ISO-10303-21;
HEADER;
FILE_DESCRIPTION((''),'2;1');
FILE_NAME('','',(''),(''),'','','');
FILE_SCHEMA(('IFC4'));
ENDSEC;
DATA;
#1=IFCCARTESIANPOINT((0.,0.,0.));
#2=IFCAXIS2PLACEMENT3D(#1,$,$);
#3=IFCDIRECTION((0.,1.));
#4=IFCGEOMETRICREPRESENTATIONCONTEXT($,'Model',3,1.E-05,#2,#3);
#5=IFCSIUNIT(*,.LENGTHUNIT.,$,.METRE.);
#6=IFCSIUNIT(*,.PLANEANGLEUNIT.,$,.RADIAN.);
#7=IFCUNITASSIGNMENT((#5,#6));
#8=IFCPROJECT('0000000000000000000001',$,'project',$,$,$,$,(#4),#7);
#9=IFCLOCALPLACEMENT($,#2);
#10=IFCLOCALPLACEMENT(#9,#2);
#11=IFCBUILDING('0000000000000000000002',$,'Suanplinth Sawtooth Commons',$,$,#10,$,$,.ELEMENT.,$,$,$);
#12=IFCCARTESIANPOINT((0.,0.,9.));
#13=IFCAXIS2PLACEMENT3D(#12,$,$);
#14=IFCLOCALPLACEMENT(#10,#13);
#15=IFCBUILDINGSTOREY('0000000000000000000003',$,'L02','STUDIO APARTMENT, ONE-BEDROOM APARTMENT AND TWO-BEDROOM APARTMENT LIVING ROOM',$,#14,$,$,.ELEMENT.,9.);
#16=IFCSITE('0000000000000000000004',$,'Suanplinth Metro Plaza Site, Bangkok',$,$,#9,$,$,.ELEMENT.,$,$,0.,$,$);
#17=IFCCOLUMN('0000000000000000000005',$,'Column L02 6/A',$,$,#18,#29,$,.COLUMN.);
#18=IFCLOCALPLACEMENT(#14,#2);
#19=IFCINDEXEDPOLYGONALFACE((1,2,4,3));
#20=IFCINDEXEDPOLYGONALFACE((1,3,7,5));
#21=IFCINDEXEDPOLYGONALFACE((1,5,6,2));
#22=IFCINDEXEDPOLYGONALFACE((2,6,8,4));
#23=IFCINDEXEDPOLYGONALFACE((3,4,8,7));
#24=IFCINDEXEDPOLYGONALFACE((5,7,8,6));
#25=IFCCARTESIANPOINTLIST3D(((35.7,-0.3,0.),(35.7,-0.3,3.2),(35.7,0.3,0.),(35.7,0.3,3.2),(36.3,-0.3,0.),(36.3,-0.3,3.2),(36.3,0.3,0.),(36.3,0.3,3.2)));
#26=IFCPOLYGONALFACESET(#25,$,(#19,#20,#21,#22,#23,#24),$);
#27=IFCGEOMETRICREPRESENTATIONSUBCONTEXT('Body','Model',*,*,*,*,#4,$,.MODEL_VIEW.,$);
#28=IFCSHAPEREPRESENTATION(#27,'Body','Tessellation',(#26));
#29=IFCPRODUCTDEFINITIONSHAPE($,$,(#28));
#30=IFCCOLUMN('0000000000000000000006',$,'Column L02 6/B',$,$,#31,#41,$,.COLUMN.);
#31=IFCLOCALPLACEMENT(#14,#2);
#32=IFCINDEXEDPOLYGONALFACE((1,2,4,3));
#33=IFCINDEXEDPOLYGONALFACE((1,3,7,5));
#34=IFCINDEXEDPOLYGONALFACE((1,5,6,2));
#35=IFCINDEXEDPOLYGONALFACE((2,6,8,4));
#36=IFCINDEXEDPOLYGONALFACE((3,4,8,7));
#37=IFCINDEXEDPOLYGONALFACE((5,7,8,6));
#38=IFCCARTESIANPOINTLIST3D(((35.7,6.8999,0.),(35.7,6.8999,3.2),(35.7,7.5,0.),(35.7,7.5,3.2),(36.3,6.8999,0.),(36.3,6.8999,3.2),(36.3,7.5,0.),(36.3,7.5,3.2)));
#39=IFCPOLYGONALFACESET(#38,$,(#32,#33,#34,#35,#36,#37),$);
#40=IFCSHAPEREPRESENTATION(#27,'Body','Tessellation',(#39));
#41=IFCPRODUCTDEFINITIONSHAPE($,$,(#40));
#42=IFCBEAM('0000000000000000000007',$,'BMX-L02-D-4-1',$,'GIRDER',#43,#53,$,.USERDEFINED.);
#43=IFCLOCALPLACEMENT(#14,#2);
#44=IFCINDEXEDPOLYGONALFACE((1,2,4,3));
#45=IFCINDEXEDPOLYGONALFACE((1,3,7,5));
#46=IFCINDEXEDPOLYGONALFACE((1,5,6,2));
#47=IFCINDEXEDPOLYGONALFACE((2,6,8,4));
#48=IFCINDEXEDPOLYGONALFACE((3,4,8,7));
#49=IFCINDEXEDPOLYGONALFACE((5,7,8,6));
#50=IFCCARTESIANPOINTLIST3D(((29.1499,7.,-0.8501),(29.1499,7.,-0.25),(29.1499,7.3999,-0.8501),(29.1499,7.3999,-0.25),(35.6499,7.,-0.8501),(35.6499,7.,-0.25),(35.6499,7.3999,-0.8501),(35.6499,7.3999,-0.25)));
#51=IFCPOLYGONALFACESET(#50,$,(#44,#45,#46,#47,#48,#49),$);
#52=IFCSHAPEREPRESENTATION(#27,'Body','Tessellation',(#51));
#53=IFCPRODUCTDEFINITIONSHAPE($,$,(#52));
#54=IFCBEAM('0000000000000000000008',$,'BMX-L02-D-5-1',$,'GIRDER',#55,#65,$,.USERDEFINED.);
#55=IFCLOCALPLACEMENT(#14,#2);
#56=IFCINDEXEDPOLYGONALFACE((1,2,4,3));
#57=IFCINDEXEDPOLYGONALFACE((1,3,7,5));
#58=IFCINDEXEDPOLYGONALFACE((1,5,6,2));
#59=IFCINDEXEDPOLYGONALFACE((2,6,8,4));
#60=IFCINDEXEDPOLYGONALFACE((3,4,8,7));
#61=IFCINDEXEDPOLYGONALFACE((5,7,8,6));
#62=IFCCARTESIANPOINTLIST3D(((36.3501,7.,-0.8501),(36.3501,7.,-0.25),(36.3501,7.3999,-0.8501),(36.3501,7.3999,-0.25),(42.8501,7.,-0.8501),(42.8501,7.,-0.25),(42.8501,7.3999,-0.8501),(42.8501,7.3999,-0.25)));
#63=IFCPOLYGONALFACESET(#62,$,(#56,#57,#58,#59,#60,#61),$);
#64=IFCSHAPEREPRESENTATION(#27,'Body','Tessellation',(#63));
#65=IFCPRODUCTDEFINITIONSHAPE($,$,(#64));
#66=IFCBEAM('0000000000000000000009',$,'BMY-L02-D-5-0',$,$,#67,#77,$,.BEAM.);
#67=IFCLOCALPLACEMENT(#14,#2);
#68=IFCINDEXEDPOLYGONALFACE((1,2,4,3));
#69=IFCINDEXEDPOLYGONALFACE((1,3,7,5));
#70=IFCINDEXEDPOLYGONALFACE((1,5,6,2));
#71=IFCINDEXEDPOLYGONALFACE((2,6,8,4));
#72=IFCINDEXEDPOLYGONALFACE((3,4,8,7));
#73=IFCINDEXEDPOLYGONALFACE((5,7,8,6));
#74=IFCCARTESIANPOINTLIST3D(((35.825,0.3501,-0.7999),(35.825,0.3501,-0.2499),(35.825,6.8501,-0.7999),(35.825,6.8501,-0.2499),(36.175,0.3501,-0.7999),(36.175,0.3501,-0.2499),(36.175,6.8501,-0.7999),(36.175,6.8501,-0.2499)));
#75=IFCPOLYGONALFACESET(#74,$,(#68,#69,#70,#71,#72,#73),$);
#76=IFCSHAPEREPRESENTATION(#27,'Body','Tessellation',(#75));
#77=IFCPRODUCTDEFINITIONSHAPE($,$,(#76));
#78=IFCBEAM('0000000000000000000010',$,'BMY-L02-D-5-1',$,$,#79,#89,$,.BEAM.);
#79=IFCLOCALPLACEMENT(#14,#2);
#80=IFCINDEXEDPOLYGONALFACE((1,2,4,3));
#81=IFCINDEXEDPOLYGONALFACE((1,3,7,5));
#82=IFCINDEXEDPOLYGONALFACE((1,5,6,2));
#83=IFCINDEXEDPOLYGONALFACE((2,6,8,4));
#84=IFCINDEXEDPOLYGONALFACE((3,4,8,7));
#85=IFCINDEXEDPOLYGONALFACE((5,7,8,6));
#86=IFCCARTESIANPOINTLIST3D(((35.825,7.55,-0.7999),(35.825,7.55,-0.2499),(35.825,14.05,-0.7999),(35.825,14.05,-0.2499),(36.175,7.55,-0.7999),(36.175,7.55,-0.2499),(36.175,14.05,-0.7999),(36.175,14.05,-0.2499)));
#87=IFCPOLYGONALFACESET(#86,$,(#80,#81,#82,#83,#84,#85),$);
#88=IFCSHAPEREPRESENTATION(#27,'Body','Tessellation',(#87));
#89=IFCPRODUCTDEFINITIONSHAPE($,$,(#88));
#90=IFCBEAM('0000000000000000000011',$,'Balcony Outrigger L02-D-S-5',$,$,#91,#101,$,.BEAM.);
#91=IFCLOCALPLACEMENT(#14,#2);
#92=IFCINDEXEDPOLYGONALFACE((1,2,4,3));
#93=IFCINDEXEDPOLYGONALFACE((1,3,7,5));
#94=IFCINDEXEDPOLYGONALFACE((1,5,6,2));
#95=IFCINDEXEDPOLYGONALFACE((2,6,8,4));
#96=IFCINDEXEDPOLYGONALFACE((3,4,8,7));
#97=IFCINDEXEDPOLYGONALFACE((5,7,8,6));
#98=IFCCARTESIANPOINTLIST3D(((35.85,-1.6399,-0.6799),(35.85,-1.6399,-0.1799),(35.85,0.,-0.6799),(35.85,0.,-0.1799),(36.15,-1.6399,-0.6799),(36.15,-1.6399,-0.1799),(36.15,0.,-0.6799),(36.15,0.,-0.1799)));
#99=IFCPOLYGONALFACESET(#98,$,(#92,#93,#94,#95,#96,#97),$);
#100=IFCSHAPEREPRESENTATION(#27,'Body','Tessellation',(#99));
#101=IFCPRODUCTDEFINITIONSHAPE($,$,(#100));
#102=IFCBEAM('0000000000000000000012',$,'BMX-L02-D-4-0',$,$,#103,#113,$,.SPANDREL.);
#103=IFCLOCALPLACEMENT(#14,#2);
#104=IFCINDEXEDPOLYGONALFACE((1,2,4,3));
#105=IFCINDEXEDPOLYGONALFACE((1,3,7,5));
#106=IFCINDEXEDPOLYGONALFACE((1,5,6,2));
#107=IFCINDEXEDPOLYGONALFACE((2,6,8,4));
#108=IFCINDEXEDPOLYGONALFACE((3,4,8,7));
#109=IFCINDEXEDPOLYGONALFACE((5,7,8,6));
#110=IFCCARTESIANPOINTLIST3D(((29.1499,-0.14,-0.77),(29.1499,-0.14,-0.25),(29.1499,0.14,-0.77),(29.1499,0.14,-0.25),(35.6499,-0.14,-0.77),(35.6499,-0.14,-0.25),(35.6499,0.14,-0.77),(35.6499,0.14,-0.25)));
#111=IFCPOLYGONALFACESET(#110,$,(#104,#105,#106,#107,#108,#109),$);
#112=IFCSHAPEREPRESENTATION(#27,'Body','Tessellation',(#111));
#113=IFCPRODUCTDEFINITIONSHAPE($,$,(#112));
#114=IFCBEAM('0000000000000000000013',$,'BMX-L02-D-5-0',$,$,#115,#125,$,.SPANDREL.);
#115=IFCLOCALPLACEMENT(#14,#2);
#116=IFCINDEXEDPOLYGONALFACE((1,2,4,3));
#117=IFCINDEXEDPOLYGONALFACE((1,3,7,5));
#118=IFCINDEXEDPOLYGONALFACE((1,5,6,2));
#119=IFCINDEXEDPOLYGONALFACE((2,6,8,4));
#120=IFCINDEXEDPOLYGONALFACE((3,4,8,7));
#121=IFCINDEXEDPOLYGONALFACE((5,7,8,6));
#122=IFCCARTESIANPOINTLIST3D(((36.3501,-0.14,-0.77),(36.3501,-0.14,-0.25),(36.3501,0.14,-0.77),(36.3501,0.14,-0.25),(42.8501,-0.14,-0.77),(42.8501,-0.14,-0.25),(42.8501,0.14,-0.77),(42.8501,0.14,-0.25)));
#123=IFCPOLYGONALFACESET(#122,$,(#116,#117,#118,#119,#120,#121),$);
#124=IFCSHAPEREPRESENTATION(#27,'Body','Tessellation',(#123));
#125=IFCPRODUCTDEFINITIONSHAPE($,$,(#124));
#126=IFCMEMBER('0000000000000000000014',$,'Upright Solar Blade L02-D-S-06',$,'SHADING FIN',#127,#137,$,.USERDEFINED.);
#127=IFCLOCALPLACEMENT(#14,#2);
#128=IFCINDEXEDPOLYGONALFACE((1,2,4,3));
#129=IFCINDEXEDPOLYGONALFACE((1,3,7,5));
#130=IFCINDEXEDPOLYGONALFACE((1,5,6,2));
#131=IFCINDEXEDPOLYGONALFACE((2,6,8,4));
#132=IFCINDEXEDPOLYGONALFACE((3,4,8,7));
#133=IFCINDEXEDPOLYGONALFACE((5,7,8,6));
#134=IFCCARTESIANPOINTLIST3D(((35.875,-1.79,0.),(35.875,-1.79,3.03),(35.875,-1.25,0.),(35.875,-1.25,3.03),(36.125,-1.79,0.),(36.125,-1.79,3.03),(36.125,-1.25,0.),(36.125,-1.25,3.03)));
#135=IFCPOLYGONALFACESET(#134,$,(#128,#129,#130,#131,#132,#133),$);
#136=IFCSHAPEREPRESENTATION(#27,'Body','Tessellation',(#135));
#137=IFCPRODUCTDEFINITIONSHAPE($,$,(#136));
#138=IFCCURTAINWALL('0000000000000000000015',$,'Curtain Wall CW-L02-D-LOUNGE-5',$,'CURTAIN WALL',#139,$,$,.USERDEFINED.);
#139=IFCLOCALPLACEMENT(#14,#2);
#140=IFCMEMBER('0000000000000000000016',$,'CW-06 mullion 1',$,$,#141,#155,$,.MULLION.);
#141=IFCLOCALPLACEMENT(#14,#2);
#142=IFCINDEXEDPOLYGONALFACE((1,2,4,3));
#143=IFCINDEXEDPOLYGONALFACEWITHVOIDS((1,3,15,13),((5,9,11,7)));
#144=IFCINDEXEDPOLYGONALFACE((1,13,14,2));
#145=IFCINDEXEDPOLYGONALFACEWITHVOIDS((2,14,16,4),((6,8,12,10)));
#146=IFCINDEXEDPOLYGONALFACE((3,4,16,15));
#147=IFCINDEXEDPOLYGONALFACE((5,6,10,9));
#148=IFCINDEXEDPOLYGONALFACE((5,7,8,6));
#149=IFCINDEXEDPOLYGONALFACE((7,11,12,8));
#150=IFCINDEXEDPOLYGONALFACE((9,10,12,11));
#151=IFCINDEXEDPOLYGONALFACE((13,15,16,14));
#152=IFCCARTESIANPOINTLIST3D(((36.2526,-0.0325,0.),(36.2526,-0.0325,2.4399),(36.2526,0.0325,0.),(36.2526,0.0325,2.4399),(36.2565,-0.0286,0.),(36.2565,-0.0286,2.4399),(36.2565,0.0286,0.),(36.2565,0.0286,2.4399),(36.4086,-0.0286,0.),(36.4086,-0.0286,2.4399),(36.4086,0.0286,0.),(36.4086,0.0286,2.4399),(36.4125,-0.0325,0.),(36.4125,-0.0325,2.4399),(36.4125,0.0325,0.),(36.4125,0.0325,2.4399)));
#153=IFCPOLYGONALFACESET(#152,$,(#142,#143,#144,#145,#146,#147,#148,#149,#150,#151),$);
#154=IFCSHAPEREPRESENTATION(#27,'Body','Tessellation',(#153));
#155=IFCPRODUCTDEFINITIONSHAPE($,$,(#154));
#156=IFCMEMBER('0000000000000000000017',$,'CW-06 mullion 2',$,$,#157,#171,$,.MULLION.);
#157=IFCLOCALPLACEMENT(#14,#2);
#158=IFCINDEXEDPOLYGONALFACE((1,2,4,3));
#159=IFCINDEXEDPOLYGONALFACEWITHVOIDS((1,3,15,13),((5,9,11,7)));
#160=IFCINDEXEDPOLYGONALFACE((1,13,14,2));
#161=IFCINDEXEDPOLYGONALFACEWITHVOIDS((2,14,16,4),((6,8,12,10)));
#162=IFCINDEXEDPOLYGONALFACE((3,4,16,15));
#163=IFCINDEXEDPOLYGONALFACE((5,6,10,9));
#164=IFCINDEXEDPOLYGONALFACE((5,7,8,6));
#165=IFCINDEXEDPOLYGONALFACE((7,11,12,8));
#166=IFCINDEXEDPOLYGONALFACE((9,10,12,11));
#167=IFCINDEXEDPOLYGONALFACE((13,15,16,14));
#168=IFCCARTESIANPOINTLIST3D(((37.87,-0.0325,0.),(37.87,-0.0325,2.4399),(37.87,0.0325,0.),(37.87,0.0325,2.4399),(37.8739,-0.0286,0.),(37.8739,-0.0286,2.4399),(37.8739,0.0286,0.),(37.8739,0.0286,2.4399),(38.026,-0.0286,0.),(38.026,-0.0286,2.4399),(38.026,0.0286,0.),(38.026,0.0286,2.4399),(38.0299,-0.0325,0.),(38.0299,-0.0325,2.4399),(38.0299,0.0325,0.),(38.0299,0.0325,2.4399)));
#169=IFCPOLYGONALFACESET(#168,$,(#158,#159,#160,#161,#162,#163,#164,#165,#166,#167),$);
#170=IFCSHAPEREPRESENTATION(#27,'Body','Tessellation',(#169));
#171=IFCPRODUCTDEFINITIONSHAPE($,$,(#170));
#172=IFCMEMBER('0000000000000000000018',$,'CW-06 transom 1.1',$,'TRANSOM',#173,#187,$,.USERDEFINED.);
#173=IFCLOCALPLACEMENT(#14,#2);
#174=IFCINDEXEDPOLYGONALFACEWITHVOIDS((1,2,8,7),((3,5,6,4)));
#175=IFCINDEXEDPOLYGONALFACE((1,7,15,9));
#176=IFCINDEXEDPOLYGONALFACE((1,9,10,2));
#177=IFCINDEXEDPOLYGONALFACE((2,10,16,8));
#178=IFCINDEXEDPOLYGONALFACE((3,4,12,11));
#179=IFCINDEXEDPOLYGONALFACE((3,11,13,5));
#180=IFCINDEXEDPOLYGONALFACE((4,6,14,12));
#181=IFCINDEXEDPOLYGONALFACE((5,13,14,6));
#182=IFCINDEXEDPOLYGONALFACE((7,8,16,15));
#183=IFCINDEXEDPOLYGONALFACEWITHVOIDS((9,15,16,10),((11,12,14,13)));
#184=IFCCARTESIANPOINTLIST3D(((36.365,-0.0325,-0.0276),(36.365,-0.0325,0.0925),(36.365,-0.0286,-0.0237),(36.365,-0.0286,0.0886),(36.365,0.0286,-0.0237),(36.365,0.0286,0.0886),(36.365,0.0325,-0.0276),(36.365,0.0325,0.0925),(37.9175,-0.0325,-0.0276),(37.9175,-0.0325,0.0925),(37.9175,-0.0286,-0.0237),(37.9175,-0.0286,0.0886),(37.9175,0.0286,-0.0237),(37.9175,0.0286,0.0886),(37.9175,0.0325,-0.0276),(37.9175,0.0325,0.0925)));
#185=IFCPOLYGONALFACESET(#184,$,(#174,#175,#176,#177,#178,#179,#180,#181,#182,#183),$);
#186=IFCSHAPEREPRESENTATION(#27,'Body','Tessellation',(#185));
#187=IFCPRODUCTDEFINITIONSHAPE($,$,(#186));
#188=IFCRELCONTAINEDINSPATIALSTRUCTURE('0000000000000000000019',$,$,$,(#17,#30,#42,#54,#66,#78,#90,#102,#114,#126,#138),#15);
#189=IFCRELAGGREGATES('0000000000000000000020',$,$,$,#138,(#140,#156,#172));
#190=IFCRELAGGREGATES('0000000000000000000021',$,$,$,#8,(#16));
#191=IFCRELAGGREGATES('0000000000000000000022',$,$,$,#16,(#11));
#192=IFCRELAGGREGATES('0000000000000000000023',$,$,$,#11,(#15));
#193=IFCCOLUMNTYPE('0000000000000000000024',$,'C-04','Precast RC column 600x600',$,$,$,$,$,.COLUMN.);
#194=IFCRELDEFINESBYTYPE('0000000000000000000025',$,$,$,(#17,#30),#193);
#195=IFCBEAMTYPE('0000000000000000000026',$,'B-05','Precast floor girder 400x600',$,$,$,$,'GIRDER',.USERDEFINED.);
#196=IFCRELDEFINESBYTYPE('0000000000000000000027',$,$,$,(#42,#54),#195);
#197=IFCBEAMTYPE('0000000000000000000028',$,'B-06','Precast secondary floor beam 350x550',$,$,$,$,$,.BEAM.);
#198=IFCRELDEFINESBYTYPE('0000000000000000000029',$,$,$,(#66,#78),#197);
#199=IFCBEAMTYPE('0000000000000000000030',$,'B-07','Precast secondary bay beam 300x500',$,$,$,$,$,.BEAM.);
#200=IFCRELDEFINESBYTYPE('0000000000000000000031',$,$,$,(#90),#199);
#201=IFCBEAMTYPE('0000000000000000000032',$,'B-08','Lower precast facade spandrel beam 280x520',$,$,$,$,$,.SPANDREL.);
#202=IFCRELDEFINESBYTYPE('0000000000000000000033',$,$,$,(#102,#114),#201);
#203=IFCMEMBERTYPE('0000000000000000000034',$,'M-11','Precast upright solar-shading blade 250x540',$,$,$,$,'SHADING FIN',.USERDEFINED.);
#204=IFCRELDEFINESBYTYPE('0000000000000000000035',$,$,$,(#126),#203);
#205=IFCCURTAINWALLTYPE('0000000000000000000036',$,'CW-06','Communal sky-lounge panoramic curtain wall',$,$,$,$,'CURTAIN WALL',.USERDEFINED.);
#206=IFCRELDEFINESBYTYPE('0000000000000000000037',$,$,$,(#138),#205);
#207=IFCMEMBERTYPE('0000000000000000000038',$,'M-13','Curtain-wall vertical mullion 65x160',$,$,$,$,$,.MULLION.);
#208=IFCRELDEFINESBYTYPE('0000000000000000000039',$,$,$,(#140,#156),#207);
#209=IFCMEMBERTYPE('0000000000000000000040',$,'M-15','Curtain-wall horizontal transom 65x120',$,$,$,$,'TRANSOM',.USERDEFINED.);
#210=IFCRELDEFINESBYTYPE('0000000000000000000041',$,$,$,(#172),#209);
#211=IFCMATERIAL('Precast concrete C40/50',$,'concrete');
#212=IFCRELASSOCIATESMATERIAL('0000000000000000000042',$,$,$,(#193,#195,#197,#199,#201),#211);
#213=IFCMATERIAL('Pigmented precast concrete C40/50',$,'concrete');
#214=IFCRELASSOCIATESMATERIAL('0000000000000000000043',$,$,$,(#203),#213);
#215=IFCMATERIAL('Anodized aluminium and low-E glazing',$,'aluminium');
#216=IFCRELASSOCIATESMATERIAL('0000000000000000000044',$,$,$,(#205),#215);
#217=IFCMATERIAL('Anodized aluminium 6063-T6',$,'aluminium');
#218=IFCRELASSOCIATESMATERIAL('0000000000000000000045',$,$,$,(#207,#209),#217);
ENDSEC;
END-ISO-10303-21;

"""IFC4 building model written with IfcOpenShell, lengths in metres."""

from ifc_helpers import new_model, si_unit, direction, frame, origin, origin_2d, place, context, subcontext, project, spatial, rectangle, hollow_rectangle, extrude, material, material_profile, profile_set, type_object, element, aggregate, save


model = new_model("IFC4")

# Units and contexts
model_context = context("Model", 3, precision=1e-05, world=origin(), true_north=direction((0.0, 1.0)))
body_context = subcontext(model_context, "Body", "Model", "MODEL_VIEW")
ifc_project = project(units=[si_unit("LENGTHUNIT", "METRE"), si_unit("PLANEANGLEUNIT", "RADIAN")], contexts=[model_context])

# Site, building, storey
site_placement = place(None, origin())
site = spatial("IfcSite", under=ifc_project, at=site_placement, Name="Suanplinth Metro Plaza Site, Bangkok", CompositionType="ELEMENT", RefElevation=0.0)
building_placement = place(site_placement, origin())
building = spatial("IfcBuilding", under=site, at=building_placement, Name="Suanplinth Sawtooth Commons", CompositionType="ELEMENT")
storey_placement = place(building_placement, frame((0.0, 0.0, 9.0)))
storey = spatial("IfcBuildingStorey", under=building, at=storey_placement, Name="L02", Description="STUDIO APARTMENT, ONE-BEDROOM APARTMENT AND TWO-BEDROOM APARTMENT LIVING ROOM", CompositionType="ELEMENT", Elevation=9.0)

# Columns
ifc_material_1 = material(Name="Precast concrete C40/50", Category="concrete")
ifc_material_profile_1 = material_profile(ifc_material_1, rectangle(XDim=0.6001, YDim=0.6001, at=origin_2d()), Name="PC-COL 600x600")
ifc_profile_set_1 = profile_set([ifc_material_profile_1], Name="Precast concrete C40/50")
column_type = type_object("IfcColumnType", Name="C-04", Description="Precast RC column 600x600", PredefinedType="COLUMN", material=ifc_profile_set_1)
for number, where, z_axis, x_axis, name in (
    (1, (36.0, 0.0, 0.0), (0.0, 0.0, 1.0), (1.0, 0.0, 0.0), "Column L02 6/A"),
    (2, (36.0, 7.2, 0.0), (0.0, 0.0, 1.0), (1.0, 0.0, 0.0), "Column L02 6/B"),
):
    element("IfcColumn", number, at=place(storey_placement, frame(where, z_axis=z_axis, x_axis=x_axis)), inside=storey, type_object=column_type, Name=name, PredefinedType="COLUMN", context=body_context, shape_type="SweptSolid", body=[
        extrude(rectangle(XDim=0.6001, YDim=0.6001, at=origin_2d()), origin(), (0.0, 0.0, 1.0), 3.2),
    ])

# Beams
ifc_material_profile_2 = material_profile(ifc_material_1, rectangle(XDim=0.3999, YDim=0.6001, at=origin_2d()), Name="PC-GDR 400x600")
ifc_profile_set_2 = profile_set([ifc_material_profile_2], Name="Precast concrete C40/50")
beam_type_1 = type_object("IfcBeamType", Name="B-05", Description="Precast floor girder 400x600", ElementType="GIRDER", PredefinedType="USERDEFINED", material=ifc_profile_set_2)
for number, where, z_axis, x_axis, name in (
    (3, (29.1499, 7.2, -0.55), (1.0, 0.0, 0.0), (0.0, 1.0, 0.0), "BMX-L02-D-4-1"),
    (4, (36.3501, 7.2, -0.55), (1.0, 0.0, 0.0), (0.0, 1.0, 0.0), "BMX-L02-D-5-1"),
):
    element("IfcBeam", number, at=place(storey_placement, frame(where, z_axis=z_axis, x_axis=x_axis)), inside=storey, type_object=beam_type_1, Name=name, ObjectType="GIRDER", PredefinedType="USERDEFINED", context=body_context, shape_type="SweptSolid", body=[
        extrude(rectangle(XDim=0.3999, YDim=0.6001, at=origin_2d()), origin(), (0.0, 0.0, 1.0), 6.5),
    ])
ifc_material_profile_3 = material_profile(ifc_material_1, rectangle(XDim=0.3501, YDim=0.55, at=origin_2d()), Name="PC-BM 350x550")
ifc_profile_set_3 = profile_set([ifc_material_profile_3], Name="Precast concrete C40/50")
beam_type_2 = type_object("IfcBeamType", Name="B-06", Description="Precast secondary floor beam 350x550", PredefinedType="BEAM", material=ifc_profile_set_3)
for number, where, z_axis, x_axis, name in (
    (5, (36.0, 0.3501, -0.5249), (0.0, 1.0, 0.0), (-1.0, 0.0, 0.0), "BMY-L02-D-5-0"),
    (6, (36.0, 7.55, -0.5249), (0.0, 1.0, 0.0), (-1.0, 0.0, 0.0), "BMY-L02-D-5-1"),
):
    element("IfcBeam", number, at=place(storey_placement, frame(where, z_axis=z_axis, x_axis=x_axis)), inside=storey, type_object=beam_type_2, Name=name, PredefinedType="BEAM", context=body_context, shape_type="SweptSolid", body=[
        extrude(rectangle(XDim=0.3501, YDim=0.55, at=origin_2d()), origin(), (0.0, 0.0, 1.0), 6.5),
    ])
ifc_material_profile_4 = material_profile(ifc_material_1, rectangle(XDim=0.3, YDim=0.5, at=origin_2d()), Name="PC-BM 300x500")
ifc_profile_set_4 = profile_set([ifc_material_profile_4], Name="Precast concrete C40/50")
beam_type_3 = type_object("IfcBeamType", Name="B-07", Description="Precast secondary bay beam 300x500", PredefinedType="BEAM", material=ifc_profile_set_4)
beam_placement = place(storey_placement, frame((36.0, 0.0, -0.4299), z_axis=(0.0, -1.0, 0.0), x_axis=(1.0, 0.0, 0.0)))
element("IfcBeam", 7, at=beam_placement, inside=storey, type_object=beam_type_3, Name="Balcony Outrigger L02-D-S-5", PredefinedType="BEAM", context=body_context, shape_type="SweptSolid", body=[
    extrude(rectangle(XDim=0.3, YDim=0.5, at=origin_2d()), origin(), (0.0, 0.0, 1.0), 1.6399),
])
ifc_material_profile_5 = material_profile(ifc_material_1, rectangle(XDim=0.28, YDim=0.52, at=origin_2d()), Name="PC-SP 280x520")
ifc_profile_set_5 = profile_set([ifc_material_profile_5], Name="Precast concrete C40/50")
beam_type_4 = type_object("IfcBeamType", Name="B-08", Description="Lower precast facade spandrel beam 280x520", PredefinedType="SPANDREL", material=ifc_profile_set_5)
for number, where, z_axis, x_axis, name in (
    (8, (29.1499, 0.0, -0.51), (1.0, 0.0, 0.0), (0.0, 1.0, 0.0), "BMX-L02-D-4-0"),
    (9, (36.3501, 0.0, -0.51), (1.0, 0.0, 0.0), (0.0, 1.0, 0.0), "BMX-L02-D-5-0"),
):
    element("IfcBeam", number, at=place(storey_placement, frame(where, z_axis=z_axis, x_axis=x_axis)), inside=storey, type_object=beam_type_4, Name=name, PredefinedType="SPANDREL", context=body_context, shape_type="SweptSolid", body=[
        extrude(rectangle(XDim=0.28, YDim=0.52, at=origin_2d()), origin(), (0.0, 0.0, 1.0), 6.5),
    ])

# Member
ifc_material_2 = material(Name="Pigmented precast concrete C40/50", Category="concrete")
ifc_material_profile_6 = material_profile(ifc_material_2, rectangle(XDim=0.25, YDim=0.54, at=origin_2d()), Name="PC-FIN 250x540")
ifc_profile_set_6 = profile_set([ifc_material_profile_6], Name="Pigmented precast concrete C40/50")
member_type_1 = type_object("IfcMemberType", Name="M-11", Description="Precast upright solar-shading blade 250x540", ElementType="SHADING FIN", PredefinedType="USERDEFINED", material=ifc_profile_set_6)
member_1_placement = place(storey_placement, frame((36.0, -1.52, 0.0), z_axis=(0.0, 0.0, 1.0), x_axis=(1.0, 0.0, 0.0)))
element("IfcMember", 10, at=member_1_placement, inside=storey, type_object=member_type_1, Name="Upright Solar Blade L02-D-S-06", ObjectType="SHADING FIN", PredefinedType="USERDEFINED", context=body_context, shape_type="SweptSolid", body=[
    extrude(rectangle(XDim=0.25, YDim=0.54, at=origin_2d()), origin(), (0.0, 0.0, 1.0), 3.03),
])

# Curtain wall, members
ifc_material_3 = material(Name="Anodized aluminium and low-E glazing", Category="aluminium")
curtain_wall_type = type_object("IfcCurtainWallType", Name="CW-06", Description="Communal sky-lounge panoramic curtain wall", ElementType="CURTAIN WALL", PredefinedType="USERDEFINED", material=ifc_material_3)
curtain_wall_placement = place(storey_placement, origin())
curtain_wall = element("IfcCurtainWall", 11, at=curtain_wall_placement, inside=storey, type_object=curtain_wall_type, Name="Curtain Wall CW-L02-D-LOUNGE-5", ObjectType="CURTAIN WALL", PredefinedType="USERDEFINED")
ifc_material_4 = material(Name="Anodized aluminium 6063-T6", Category="aluminium")
ifc_material_profile_7 = material_profile(ifc_material_4, hollow_rectangle(XDim=0.0649, YDim=0.1599, WallThickness=0.0039, at=origin_2d()), Name="ALU-MUL 65x160")
ifc_profile_set_7 = profile_set([ifc_material_profile_7], Name="Anodized aluminium 6063-T6")
member_type_2 = type_object("IfcMemberType", Name="M-13", Description="Curtain-wall vertical mullion 65x160", PredefinedType="MULLION", material=ifc_profile_set_7)
member_2_placement = place(storey_placement, frame((36.3325, 0.0, 0.0), z_axis=(0.0, 0.0, 1.0), x_axis=(0.0, 1.0, 0.0)))
member_2 = element("IfcMember", 12, at=member_2_placement, type_object=member_type_2, Name="CW-06 mullion 1", PredefinedType="MULLION", context=body_context, shape_type="SweptSolid", body=[
    extrude(hollow_rectangle(XDim=0.0649, YDim=0.1599, WallThickness=0.0039, at=origin_2d()), origin(), (0.0, 0.0, 1.0), 2.4399),
])
member_3_placement = place(storey_placement, frame((37.95, 0.0, 0.0), z_axis=(0.0, 0.0, 1.0), x_axis=(0.0, 1.0, 0.0)))
member_3 = element("IfcMember", 13, at=member_3_placement, type_object=member_type_2, Name="CW-06 mullion 2", PredefinedType="MULLION", context=body_context, shape_type="SweptSolid", body=[
    extrude(hollow_rectangle(XDim=0.0649, YDim=0.1599, WallThickness=0.0039, at=origin_2d()), origin(), (0.0, 0.0, 1.0), 2.4399),
])
ifc_material_profile_8 = material_profile(ifc_material_4, hollow_rectangle(XDim=0.0649, YDim=0.1201, WallThickness=0.0039, at=origin_2d()), Name="ALU-TRN 65x120")
ifc_profile_set_8 = profile_set([ifc_material_profile_8], Name="Anodized aluminium 6063-T6")
member_type_3 = type_object("IfcMemberType", Name="M-15", Description="Curtain-wall horizontal transom 65x120", ElementType="TRANSOM", PredefinedType="USERDEFINED", material=ifc_profile_set_8)
member_4_placement = place(storey_placement, frame((36.365, 0.0, 0.0325), z_axis=(1.0, 0.0, 0.0), x_axis=(0.0, 1.0, 0.0)))
member_4 = element("IfcMember", 14, at=member_4_placement, type_object=member_type_3, Name="CW-06 transom 1.1", ObjectType="TRANSOM", PredefinedType="USERDEFINED", context=body_context, shape_type="SweptSolid", body=[
    extrude(hollow_rectangle(XDim=0.0649, YDim=0.1201, WallThickness=0.0039, at=origin_2d()), origin(), (0.0, 0.0, 1.0), 1.5525),
])
aggregate(curtain_wall, [member_2, member_3, member_4])

save(model, "model.ifc")
